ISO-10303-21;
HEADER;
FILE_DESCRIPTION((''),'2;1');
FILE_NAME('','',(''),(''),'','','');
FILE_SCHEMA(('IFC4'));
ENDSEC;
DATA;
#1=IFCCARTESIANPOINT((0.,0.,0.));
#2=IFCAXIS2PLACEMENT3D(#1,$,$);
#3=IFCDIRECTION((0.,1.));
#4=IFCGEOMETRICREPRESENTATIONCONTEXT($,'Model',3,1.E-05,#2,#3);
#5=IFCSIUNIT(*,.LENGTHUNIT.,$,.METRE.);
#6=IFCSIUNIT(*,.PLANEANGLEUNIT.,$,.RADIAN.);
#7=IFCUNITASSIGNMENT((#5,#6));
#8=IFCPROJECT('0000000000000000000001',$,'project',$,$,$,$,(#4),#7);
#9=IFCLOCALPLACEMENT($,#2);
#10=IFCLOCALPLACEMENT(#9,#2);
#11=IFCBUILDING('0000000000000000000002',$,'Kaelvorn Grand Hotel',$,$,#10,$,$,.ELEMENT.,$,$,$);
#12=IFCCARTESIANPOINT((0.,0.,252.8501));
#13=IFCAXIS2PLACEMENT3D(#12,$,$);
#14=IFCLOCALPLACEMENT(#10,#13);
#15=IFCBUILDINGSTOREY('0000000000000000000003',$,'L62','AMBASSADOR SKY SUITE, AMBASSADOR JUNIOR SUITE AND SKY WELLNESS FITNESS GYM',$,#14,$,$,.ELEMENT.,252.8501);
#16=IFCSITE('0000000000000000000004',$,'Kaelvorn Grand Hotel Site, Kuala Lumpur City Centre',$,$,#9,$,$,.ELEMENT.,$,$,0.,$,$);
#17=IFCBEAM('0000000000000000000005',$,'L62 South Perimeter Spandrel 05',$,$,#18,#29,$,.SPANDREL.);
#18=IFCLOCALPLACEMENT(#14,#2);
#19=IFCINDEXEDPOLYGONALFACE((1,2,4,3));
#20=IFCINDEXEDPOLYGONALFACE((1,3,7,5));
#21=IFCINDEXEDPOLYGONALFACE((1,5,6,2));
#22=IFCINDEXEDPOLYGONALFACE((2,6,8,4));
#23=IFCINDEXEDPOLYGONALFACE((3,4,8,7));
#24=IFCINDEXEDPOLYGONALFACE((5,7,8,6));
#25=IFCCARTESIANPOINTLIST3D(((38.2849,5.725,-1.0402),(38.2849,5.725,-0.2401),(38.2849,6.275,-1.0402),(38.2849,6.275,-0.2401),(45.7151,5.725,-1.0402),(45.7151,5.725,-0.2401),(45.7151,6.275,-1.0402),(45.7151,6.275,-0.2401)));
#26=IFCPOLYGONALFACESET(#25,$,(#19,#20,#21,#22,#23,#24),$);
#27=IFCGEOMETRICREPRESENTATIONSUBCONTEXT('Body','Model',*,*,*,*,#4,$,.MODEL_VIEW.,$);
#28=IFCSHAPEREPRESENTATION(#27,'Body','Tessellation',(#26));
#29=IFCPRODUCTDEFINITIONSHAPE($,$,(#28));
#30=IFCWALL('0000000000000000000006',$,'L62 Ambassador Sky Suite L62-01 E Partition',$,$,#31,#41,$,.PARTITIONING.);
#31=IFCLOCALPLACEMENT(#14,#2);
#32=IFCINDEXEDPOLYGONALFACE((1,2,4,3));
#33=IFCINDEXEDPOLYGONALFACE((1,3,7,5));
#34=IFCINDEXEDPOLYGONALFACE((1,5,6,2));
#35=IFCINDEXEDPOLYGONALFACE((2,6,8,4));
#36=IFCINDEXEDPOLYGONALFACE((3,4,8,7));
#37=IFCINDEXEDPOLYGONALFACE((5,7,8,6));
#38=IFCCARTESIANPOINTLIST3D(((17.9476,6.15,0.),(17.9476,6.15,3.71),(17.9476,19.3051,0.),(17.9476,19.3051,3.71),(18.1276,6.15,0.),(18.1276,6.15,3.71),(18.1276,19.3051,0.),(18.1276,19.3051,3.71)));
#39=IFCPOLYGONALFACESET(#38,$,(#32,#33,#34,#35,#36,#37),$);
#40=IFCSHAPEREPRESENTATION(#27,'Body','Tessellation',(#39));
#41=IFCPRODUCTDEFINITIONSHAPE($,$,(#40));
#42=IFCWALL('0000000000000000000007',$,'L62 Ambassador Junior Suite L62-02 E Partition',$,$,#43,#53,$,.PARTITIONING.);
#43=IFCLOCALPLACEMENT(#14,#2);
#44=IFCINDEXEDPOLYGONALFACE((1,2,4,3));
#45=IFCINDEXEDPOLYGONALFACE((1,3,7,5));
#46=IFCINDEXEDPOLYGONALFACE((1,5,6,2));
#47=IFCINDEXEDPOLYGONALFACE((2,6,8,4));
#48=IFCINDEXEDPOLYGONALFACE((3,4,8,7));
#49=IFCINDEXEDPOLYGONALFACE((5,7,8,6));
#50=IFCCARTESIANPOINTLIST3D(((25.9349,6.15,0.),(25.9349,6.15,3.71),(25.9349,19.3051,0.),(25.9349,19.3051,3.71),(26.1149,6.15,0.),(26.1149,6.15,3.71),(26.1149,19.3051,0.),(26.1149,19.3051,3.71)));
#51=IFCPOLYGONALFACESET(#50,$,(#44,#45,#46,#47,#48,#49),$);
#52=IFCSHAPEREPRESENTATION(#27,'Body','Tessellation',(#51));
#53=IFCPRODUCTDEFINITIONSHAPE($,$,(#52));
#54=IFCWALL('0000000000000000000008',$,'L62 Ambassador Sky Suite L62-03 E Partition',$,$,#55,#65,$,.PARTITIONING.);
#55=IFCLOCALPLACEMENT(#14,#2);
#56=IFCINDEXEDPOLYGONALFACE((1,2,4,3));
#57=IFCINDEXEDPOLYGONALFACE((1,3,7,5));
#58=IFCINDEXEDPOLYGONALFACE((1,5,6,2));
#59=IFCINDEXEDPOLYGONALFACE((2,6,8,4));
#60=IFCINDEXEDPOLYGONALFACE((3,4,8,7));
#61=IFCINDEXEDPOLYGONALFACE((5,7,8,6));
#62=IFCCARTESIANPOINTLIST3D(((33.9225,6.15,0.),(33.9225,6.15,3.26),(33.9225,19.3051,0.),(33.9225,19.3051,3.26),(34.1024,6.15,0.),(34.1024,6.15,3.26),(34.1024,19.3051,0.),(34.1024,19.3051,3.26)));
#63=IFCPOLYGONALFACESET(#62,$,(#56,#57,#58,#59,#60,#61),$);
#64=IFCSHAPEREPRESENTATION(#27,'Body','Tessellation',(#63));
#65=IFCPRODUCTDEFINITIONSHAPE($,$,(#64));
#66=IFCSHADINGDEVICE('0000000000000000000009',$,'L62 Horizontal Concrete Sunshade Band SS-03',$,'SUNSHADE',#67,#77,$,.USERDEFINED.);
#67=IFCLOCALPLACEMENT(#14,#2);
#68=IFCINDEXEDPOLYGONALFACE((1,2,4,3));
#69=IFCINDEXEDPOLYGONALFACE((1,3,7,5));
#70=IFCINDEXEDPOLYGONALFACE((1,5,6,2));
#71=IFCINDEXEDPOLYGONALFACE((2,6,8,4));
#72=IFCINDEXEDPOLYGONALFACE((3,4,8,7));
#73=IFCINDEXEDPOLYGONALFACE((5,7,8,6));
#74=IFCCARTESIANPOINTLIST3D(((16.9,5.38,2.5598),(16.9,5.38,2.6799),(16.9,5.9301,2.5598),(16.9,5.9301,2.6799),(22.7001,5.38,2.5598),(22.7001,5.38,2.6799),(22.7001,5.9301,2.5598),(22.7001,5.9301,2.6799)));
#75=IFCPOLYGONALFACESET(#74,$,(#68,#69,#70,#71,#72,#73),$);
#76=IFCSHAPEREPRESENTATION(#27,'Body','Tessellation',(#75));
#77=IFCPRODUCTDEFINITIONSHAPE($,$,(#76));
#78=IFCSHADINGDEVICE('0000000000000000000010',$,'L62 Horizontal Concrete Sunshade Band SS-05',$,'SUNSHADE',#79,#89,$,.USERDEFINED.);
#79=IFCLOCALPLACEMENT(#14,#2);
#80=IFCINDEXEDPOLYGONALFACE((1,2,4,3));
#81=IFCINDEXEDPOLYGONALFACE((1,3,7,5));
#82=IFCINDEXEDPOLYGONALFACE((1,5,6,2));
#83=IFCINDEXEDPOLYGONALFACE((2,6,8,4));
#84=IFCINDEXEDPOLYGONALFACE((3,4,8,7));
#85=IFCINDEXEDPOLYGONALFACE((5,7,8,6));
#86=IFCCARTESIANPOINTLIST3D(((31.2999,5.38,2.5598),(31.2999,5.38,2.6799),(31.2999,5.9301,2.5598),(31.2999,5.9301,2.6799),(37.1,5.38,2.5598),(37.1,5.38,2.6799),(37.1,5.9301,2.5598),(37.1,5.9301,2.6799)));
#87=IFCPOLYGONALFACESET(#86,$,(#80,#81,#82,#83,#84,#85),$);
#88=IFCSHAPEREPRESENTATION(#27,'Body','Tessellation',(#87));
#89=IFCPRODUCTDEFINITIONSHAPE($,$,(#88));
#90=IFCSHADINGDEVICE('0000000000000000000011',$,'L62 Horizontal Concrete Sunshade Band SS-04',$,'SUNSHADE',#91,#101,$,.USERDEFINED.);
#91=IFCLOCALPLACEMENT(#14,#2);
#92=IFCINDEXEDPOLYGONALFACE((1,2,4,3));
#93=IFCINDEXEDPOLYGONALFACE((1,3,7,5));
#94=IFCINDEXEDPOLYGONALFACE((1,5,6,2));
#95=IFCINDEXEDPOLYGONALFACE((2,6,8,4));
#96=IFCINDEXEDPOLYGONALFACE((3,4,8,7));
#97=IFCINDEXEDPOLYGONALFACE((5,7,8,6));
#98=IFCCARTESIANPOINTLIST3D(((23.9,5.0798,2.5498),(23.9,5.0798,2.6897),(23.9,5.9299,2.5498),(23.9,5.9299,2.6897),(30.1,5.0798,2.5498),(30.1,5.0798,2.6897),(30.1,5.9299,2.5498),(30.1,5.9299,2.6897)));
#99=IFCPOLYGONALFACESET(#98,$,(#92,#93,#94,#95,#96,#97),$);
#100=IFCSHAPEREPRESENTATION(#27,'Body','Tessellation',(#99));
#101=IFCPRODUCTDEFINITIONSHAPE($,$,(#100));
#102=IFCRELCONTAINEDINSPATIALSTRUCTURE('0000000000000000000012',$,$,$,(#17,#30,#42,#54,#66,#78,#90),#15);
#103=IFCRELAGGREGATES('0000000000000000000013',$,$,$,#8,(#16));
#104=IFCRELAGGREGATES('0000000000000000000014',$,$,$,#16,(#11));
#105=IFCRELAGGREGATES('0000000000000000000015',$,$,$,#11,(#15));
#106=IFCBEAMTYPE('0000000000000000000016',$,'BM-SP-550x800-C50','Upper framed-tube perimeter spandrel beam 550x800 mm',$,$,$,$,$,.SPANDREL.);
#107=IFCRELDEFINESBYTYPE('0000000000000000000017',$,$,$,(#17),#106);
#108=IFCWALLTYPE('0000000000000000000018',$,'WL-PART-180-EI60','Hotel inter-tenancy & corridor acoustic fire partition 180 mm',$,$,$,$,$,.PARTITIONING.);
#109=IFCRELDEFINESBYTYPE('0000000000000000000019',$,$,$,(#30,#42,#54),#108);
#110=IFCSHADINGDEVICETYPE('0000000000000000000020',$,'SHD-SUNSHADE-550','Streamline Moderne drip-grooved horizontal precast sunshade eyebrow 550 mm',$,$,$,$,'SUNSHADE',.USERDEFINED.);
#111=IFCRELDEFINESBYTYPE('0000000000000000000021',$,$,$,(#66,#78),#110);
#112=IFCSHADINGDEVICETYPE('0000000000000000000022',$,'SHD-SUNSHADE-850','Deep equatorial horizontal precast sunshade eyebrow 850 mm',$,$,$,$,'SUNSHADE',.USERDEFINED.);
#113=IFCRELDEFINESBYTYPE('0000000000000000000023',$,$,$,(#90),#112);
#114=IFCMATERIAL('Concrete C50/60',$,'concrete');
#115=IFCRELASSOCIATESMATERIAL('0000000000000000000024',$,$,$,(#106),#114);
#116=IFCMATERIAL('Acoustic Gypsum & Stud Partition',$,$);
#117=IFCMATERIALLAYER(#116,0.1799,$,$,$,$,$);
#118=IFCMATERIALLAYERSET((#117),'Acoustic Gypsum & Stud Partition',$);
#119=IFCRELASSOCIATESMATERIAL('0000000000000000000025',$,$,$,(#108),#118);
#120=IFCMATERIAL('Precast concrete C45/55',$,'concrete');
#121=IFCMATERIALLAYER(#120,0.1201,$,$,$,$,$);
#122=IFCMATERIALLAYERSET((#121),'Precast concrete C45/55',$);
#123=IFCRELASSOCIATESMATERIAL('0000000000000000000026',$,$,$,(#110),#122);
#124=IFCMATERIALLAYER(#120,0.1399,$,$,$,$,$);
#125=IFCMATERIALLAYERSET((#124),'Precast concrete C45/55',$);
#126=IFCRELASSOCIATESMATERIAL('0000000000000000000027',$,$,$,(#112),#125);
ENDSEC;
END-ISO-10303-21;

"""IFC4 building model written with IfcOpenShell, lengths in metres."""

from ifc_helpers import new_model, si_unit, direction, frame, frame_2d, origin, origin_2d, place, context, subcontext, project, spatial, rectangle, extrude, material, layer, layer_set, material_profile, profile_set, type_object, element, save


model = new_model("IFC4")

# Units and contexts
model_context = context("Model", 3, precision=1e-05, world=origin(), true_north=direction((0.0, 1.0)))
body_context = subcontext(model_context, "Body", "Model", "MODEL_VIEW")
ifc_project = project(units=[si_unit("LENGTHUNIT", "METRE"), si_unit("PLANEANGLEUNIT", "RADIAN")], contexts=[model_context])

# Site, building, storey
site_placement = place(None, origin())
site = spatial("IfcSite", under=ifc_project, at=site_placement, Name="Kaelvorn Grand Hotel Site, Kuala Lumpur City Centre", CompositionType="ELEMENT", RefElevation=0.0)
building_placement = place(site_placement, origin())
building = spatial("IfcBuilding", under=site, at=building_placement, Name="Kaelvorn Grand Hotel", CompositionType="ELEMENT")
storey_placement = place(building_placement, frame((0.0, 0.0, 252.8501)))
storey = spatial("IfcBuildingStorey", under=building, at=storey_placement, Name="L62", Description="AMBASSADOR SKY SUITE, AMBASSADOR JUNIOR SUITE AND SKY WELLNESS FITNESS GYM", CompositionType="ELEMENT", Elevation=252.8501)

# Shared definitions
ifc_material_1 = material(Name="Concrete C50/60", Category="concrete")

# Beam
ifc_material_profile_1 = material_profile(ifc_material_1, rectangle(XDim=0.55, YDim=0.8, at=origin_2d()), Name="RC SPANDREL 550x800")
ifc_profile_set_1 = profile_set([ifc_material_profile_1], Name="Concrete C50/60")
beam_type_1 = type_object("IfcBeamType", Name="BM-SP-550x800-C50", Description="Upper framed-tube perimeter spandrel beam 550x800 mm", PredefinedType="SPANDREL", material=ifc_profile_set_1)
beam_1_placement = place(storey_placement, frame((38.2849, 6.0, -0.6401), z_axis=(1.0, 0.0, 0.0), x_axis=(0.0, 1.0, 0.0)))
element("IfcBeam", 1, at=beam_1_placement, inside=storey, type_object=beam_type_1, Name="L62 South Perimeter Spandrel 05", PredefinedType="SPANDREL", context=body_context, shape_type="SweptSolid", body=[
    extrude(rectangle(XDim=0.55, YDim=0.8, at=origin_2d()), origin(), (0.0, 0.0, 1.0), 7.4302),
])

# Walls
ifc_material_2 = material(Name="Acoustic Gypsum & Stud Partition")
ifc_layer_1 = layer(ifc_material_2, 0.1799)
ifc_layer_set_1 = layer_set([ifc_layer_1], Name="Acoustic Gypsum & Stud Partition")
wall_type = type_object("IfcWallType", Name="WL-PART-180-EI60", Description="Hotel inter-tenancy & corridor acoustic fire partition 180 mm", PredefinedType="PARTITIONING", material=ifc_layer_set_1)
for number, where, z_axis, x_axis, name in (
    (2, (18.0376, 6.1499, 0.0), (0.0, 0.0, 1.0), (0.0, 1.0, 0.0), "L62 Ambassador Sky Suite L62-01 E Partition"),
    (3, (26.0249, 6.1499, 0.0), (0.0, 0.0, 1.0), (0.0, 1.0, 0.0), "L62 Ambassador Junior Suite L62-02 E Partition"),
):
    element("IfcWall", number, at=place(storey_placement, frame(where, z_axis=z_axis, x_axis=x_axis)), inside=storey, type_object=wall_type, Name=name, PredefinedType="PARTITIONING", context=body_context, shape_type="SweptSolid", body=[
        extrude(rectangle(XDim=13.155, YDim=0.1799, at=frame_2d((6.5776, 0.0))), origin(), (0.0, 0.0, 1.0), 3.71),
    ])
wall_placement = place(storey_placement, frame((34.0125, 6.1499, 0.0), z_axis=(0.0, 0.0, 1.0), x_axis=(0.0, 1.0, 0.0)))
element("IfcWall", 4, at=wall_placement, inside=storey, type_object=wall_type, Name="L62 Ambassador Sky Suite L62-03 E Partition", PredefinedType="PARTITIONING", context=body_context, shape_type="SweptSolid", body=[
    extrude(rectangle(XDim=13.155, YDim=0.1799, at=frame_2d((6.5776, 0.0))), origin(), (0.0, 0.0, 1.0), 3.26),
])

# Shading devices
ifc_material_3 = material(Name="Precast concrete C45/55", Category="concrete")
ifc_layer_2 = layer(ifc_material_3, 0.1201)
ifc_layer_set_2 = layer_set([ifc_layer_2], Name="Precast concrete C45/55")
shading_device_type_1 = type_object("IfcShadingDeviceType", Name="SHD-SUNSHADE-550", Description="Streamline Moderne drip-grooved horizontal precast sunshade eyebrow 550 mm", ElementType="SUNSHADE", PredefinedType="USERDEFINED", material=ifc_layer_set_2)
for number, where, z_axis, x_axis, name in (
    (5, (19.8, 5.655, 2.5598), (0.0, 0.0, 1.0), (1.0, 0.0, 0.0), "L62 Horizontal Concrete Sunshade Band SS-03"),
    (6, (34.2, 5.655, 2.5598), (0.0, 0.0, 1.0), (1.0, 0.0, 0.0), "L62 Horizontal Concrete Sunshade Band SS-05"),
):
    element("IfcShadingDevice", number, at=place(storey_placement, frame(where, z_axis=z_axis, x_axis=x_axis)), inside=storey, type_object=shading_device_type_1, Name=name, ObjectType="SUNSHADE", PredefinedType="USERDEFINED", context=body_context, shape_type="SweptSolid", body=[
        extrude(rectangle(XDim=5.8, YDim=0.55, at=origin_2d()), origin(), (0.0, 0.0, 1.0), 0.1201),
    ])
ifc_layer_3 = layer(ifc_material_3, 0.1399)
ifc_layer_set_3 = layer_set([ifc_layer_3], Name="Precast concrete C45/55")
shading_device_type_2 = type_object("IfcShadingDeviceType", Name="SHD-SUNSHADE-850", Description="Deep equatorial horizontal precast sunshade eyebrow 850 mm", ElementType="SUNSHADE", PredefinedType="USERDEFINED", material=ifc_layer_set_3)
shading_device_placement = place(storey_placement, frame((27.0, 5.5049, 2.5498), z_axis=(0.0, 0.0, 1.0), x_axis=(1.0, 0.0, 0.0)))
element("IfcShadingDevice", 7, at=shading_device_placement, inside=storey, type_object=shading_device_type_2, Name="L62 Horizontal Concrete Sunshade Band SS-04", ObjectType="SUNSHADE", PredefinedType="USERDEFINED", context=body_context, shape_type="SweptSolid", body=[
    extrude(rectangle(XDim=6.2, YDim=0.8501, at=origin_2d()), origin(), (0.0, 0.0, 1.0), 0.1399),
])

save(model, "model.ifc")
